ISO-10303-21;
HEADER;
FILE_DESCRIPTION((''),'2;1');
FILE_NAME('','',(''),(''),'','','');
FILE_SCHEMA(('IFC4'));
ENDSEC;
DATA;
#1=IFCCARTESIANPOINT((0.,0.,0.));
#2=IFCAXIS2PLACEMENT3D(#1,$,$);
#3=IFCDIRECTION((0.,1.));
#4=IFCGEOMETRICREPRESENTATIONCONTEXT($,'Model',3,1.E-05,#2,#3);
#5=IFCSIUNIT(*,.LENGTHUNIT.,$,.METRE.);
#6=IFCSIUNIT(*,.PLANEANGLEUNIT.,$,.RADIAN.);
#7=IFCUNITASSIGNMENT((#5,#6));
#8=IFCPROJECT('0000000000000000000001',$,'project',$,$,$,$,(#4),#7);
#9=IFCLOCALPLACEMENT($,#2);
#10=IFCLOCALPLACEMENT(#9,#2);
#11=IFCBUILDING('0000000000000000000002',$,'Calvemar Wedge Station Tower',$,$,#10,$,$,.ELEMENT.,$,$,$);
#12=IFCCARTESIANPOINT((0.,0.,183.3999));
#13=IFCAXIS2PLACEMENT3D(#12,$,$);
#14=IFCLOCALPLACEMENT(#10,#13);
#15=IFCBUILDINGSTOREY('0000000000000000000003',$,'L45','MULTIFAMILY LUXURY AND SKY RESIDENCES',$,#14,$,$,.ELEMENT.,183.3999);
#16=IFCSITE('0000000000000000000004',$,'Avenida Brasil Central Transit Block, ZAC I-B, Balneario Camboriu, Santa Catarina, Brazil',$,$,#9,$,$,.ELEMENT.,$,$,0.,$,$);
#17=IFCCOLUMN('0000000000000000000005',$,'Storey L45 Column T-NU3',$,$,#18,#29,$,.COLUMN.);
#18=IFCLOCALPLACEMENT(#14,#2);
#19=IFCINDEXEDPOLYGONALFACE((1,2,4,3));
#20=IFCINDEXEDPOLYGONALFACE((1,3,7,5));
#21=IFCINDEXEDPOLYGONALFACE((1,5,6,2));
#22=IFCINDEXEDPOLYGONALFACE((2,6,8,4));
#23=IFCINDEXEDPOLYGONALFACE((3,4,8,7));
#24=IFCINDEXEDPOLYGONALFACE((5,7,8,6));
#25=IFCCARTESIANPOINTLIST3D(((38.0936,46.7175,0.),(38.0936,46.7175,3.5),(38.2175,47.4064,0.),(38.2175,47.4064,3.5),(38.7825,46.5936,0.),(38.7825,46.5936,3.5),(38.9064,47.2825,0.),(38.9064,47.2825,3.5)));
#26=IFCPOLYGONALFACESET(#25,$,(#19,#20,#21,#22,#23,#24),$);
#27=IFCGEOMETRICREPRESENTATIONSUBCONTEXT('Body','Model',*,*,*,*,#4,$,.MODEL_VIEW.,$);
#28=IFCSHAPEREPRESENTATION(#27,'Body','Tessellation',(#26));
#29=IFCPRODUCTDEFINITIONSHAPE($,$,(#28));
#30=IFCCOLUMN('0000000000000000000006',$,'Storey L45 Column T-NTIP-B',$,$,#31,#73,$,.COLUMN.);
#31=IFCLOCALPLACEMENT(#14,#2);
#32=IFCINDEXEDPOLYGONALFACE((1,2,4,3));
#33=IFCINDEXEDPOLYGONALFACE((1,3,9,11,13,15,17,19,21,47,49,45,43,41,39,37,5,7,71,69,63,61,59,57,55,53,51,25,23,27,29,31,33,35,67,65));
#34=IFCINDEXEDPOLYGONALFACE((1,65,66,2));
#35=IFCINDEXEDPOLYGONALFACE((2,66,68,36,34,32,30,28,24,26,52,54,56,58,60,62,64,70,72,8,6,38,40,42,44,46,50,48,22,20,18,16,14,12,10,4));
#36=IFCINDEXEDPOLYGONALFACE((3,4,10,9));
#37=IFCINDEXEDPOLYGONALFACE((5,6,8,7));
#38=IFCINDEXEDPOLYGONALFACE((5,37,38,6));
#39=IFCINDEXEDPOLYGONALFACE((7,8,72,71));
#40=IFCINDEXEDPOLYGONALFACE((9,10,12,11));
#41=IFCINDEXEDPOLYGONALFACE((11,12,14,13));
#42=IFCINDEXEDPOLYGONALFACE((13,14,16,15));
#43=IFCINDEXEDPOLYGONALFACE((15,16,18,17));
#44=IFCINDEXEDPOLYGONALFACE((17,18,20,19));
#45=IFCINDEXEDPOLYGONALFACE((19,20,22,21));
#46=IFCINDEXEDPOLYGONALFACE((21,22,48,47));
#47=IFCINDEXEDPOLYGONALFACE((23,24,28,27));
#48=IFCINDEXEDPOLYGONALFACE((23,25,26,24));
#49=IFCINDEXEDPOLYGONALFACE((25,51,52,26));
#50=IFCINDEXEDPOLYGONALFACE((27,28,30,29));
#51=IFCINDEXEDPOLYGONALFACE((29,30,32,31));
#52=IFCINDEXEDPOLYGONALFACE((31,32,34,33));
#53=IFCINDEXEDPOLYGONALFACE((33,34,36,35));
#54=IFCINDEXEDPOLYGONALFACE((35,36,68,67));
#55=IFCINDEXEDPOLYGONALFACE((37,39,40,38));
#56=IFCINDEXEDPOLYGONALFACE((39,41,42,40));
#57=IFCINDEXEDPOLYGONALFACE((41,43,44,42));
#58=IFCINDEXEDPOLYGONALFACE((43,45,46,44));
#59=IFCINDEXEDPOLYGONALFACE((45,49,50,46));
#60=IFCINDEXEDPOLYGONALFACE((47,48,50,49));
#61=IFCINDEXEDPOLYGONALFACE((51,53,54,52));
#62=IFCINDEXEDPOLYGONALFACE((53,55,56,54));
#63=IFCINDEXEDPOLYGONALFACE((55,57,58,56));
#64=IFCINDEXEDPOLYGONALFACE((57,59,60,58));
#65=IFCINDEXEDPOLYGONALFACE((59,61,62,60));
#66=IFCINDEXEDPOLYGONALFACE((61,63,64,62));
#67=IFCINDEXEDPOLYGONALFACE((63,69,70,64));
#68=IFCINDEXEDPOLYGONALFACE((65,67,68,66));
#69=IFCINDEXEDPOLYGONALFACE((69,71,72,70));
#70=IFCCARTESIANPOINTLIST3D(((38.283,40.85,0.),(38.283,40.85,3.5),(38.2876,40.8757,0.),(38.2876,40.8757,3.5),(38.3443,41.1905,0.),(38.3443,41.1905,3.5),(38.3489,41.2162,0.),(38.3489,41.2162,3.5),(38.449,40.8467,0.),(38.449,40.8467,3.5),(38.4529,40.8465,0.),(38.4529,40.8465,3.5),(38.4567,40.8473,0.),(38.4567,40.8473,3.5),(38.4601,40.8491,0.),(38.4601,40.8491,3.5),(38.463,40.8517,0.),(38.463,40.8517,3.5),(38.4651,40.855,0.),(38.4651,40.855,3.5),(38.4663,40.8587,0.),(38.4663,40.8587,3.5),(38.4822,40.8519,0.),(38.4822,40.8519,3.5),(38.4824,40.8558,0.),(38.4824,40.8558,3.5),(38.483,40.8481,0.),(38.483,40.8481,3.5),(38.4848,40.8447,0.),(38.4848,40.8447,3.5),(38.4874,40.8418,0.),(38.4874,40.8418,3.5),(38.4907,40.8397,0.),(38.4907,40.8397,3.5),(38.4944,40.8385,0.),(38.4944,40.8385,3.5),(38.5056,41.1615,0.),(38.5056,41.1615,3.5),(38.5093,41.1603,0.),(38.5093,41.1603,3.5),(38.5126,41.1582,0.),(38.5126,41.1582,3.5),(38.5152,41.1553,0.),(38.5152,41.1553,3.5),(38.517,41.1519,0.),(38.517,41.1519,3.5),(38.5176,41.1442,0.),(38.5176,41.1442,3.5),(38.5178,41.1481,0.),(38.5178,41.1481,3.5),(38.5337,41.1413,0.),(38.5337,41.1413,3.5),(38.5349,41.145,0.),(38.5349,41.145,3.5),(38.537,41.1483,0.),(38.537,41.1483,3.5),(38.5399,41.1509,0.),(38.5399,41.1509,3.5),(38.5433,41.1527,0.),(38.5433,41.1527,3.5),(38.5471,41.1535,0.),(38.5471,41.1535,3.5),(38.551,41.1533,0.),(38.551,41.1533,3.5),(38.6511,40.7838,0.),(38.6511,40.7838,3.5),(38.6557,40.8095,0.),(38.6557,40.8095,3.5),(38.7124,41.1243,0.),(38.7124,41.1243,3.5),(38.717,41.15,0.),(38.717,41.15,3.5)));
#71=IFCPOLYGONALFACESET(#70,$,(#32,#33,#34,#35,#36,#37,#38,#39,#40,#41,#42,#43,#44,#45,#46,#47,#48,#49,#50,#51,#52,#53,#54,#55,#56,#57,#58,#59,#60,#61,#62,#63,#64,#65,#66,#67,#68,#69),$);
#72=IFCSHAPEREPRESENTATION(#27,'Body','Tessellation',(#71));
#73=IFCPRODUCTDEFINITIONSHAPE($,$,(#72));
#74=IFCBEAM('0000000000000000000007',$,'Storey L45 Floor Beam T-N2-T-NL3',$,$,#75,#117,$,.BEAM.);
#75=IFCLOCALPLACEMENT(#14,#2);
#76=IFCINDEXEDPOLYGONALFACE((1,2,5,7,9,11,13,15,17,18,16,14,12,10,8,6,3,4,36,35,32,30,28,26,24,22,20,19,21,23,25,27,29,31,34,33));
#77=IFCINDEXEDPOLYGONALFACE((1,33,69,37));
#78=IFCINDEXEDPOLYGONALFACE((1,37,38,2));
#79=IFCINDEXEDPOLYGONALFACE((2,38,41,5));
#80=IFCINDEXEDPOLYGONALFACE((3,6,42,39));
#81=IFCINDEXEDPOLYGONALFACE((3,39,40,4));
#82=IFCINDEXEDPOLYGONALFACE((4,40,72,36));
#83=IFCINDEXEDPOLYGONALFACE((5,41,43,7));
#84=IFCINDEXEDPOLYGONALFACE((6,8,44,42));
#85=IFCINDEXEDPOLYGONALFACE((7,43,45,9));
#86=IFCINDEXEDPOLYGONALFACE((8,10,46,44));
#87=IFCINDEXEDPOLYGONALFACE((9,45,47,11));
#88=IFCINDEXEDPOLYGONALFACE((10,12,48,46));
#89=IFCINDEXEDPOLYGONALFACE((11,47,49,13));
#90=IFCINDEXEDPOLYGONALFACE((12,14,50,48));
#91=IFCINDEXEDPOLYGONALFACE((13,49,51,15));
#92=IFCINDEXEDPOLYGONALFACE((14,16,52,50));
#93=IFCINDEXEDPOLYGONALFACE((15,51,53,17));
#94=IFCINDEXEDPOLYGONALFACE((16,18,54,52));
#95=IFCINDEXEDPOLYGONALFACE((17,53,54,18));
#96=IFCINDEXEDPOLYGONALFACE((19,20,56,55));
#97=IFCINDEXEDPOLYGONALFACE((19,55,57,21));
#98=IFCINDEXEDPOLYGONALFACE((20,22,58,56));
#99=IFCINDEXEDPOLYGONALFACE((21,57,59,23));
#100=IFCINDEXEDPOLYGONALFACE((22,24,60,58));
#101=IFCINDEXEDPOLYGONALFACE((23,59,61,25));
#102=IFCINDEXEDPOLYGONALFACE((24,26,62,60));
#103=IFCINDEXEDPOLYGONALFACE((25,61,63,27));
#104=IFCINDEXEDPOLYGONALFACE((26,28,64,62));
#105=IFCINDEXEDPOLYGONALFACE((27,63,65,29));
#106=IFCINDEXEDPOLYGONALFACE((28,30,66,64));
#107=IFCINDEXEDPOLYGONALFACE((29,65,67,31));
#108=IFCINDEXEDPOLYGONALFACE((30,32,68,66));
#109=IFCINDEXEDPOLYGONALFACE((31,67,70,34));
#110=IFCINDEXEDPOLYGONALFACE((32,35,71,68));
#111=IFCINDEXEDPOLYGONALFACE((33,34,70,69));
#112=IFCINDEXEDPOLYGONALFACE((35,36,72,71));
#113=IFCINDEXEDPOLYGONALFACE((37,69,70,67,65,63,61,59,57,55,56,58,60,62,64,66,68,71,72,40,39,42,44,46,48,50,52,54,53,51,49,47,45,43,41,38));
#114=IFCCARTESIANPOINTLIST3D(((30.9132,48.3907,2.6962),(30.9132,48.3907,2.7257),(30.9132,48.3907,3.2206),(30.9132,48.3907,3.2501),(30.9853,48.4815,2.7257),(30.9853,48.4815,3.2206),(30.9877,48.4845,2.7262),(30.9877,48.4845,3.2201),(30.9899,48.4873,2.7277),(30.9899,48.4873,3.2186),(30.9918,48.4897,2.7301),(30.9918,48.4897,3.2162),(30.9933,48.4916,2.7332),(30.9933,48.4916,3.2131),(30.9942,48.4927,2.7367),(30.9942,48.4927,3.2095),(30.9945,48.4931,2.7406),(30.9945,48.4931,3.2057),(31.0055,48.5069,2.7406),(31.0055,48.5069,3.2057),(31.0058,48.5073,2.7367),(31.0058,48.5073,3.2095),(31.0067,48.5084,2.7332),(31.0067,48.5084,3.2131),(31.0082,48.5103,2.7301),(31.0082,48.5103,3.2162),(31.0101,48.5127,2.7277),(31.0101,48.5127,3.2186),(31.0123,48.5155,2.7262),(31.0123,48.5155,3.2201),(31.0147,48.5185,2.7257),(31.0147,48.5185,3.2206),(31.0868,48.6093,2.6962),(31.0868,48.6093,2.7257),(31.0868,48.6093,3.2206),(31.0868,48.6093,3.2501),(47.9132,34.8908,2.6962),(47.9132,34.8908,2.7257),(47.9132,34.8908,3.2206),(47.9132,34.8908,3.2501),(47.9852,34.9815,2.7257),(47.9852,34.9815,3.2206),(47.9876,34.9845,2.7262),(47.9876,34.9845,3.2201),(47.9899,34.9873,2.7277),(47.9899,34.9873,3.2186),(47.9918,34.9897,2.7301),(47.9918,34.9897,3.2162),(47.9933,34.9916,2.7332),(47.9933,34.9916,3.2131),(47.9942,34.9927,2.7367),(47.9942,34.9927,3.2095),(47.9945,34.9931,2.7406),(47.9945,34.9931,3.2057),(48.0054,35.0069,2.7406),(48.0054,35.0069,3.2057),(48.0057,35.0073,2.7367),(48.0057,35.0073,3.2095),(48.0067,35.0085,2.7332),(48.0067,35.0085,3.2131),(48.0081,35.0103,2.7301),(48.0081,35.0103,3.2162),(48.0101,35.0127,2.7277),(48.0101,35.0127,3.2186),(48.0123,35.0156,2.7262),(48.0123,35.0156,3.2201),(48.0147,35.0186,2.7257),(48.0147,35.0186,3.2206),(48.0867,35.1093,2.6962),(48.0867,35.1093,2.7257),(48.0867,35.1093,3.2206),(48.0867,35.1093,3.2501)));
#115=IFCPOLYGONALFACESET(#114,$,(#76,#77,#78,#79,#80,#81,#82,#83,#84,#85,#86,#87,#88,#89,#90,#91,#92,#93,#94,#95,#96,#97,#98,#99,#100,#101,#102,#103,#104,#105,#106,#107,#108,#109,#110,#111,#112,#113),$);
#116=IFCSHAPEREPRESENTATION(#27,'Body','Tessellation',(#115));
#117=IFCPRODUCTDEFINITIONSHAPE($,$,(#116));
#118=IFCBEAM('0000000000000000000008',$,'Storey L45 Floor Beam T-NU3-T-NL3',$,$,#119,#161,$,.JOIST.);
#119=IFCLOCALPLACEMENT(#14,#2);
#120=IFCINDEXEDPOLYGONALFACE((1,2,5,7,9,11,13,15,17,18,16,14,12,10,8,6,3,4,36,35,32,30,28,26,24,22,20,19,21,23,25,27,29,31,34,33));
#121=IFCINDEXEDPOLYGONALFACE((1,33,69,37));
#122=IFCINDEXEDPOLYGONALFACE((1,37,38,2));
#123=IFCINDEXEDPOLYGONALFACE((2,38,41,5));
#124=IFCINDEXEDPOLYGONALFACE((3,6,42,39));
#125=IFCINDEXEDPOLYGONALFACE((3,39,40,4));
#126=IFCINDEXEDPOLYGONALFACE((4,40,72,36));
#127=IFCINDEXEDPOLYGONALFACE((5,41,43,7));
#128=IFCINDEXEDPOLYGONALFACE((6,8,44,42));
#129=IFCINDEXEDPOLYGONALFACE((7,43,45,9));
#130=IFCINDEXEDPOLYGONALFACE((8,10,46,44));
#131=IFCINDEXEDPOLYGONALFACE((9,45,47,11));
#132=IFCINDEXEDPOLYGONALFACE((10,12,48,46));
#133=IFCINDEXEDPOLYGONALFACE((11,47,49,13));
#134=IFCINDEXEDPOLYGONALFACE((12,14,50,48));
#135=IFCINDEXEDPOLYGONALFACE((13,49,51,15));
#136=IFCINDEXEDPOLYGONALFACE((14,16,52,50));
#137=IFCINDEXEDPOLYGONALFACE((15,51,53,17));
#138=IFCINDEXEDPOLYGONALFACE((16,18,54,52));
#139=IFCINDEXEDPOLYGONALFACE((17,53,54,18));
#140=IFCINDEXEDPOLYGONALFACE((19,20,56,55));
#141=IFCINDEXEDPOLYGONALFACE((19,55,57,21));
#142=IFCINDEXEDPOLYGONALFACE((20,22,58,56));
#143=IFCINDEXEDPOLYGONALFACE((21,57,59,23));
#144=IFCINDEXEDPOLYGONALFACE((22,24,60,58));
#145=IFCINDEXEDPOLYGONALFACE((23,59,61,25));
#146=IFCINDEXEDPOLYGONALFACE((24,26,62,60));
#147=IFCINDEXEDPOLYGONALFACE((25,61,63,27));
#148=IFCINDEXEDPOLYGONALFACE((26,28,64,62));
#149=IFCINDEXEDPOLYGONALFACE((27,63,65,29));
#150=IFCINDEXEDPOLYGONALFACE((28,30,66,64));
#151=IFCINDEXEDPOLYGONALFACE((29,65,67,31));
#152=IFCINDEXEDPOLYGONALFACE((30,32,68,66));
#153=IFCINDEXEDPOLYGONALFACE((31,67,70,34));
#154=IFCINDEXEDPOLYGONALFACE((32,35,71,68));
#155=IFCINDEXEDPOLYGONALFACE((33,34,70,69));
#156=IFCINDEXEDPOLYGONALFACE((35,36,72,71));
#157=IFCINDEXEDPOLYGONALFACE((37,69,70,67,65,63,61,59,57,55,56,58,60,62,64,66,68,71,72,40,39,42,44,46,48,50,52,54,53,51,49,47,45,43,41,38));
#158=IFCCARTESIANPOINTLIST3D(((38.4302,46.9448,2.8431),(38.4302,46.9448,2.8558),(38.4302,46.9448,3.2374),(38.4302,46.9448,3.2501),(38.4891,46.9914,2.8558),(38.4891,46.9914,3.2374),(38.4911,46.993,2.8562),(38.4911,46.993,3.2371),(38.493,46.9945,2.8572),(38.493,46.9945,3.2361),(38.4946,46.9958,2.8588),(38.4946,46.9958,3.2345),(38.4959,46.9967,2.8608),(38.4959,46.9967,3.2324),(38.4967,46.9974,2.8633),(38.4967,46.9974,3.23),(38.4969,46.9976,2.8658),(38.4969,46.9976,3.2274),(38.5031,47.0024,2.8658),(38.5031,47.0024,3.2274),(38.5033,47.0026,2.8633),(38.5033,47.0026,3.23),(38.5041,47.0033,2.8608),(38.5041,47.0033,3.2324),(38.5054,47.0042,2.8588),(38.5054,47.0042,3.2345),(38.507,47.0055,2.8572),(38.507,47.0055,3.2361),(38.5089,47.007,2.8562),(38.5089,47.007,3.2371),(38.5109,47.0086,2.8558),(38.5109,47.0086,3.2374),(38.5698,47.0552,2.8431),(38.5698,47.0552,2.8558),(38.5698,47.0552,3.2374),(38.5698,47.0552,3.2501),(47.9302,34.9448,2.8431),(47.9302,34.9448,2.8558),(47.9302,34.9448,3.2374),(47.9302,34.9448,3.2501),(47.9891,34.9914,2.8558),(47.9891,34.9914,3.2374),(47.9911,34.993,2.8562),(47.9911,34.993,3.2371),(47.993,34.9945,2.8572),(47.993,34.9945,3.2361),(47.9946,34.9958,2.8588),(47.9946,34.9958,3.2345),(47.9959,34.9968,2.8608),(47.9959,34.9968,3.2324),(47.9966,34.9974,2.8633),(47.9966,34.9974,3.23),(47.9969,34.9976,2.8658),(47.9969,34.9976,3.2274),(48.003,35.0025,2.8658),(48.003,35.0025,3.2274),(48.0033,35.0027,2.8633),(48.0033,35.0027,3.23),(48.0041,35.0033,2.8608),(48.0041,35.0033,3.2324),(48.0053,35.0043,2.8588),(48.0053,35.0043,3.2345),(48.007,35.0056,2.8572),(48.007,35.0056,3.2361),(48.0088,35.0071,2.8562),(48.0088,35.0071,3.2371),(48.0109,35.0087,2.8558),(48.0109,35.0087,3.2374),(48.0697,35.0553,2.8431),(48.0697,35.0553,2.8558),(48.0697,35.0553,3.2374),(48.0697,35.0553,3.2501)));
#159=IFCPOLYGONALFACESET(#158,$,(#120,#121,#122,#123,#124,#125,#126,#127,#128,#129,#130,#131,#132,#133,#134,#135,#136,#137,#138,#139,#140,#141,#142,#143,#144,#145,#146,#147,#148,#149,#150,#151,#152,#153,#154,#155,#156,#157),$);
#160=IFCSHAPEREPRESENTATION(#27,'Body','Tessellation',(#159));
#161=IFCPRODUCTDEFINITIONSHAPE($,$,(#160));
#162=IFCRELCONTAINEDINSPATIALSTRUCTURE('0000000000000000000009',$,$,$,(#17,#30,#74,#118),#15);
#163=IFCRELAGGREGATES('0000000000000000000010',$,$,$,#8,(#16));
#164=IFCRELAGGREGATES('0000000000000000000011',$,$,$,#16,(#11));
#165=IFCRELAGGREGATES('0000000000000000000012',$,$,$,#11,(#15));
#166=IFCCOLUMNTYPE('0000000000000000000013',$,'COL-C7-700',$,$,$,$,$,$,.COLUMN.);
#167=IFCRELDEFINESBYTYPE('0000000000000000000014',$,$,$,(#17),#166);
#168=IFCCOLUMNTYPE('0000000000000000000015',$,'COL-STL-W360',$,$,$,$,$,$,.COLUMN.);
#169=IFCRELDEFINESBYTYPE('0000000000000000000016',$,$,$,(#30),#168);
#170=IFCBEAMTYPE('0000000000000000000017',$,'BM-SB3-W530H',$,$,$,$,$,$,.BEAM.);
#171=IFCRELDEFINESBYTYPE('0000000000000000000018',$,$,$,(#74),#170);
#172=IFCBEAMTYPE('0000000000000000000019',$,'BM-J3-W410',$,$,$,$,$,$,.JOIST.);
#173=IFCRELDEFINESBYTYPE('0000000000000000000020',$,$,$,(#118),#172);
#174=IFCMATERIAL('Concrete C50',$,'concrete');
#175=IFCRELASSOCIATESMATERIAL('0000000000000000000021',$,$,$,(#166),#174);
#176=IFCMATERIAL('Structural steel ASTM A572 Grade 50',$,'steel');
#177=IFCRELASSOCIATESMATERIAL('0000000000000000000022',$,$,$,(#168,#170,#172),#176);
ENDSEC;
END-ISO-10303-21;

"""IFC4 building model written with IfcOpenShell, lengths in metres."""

from ifc_helpers import new_model, si_unit, direction, frame, origin, origin_2d, place, context, subcontext, project, spatial, rectangle, i_section, extrude, source, transform, mapped, material, material_profile, profile_set, type_object, element, save


model = new_model("IFC4")

# Units and contexts
model_context = context("Model", 3, precision=1e-05, world=origin(), true_north=direction((0.0, 1.0)))
body_context = subcontext(model_context, "Body", "Model", "MODEL_VIEW")
ifc_project = project(units=[si_unit("LENGTHUNIT", "METRE"), si_unit("PLANEANGLEUNIT", "RADIAN")], contexts=[model_context])

# Site, building, storey
site_placement = place(None, origin())
site = spatial("IfcSite", under=ifc_project, at=site_placement, Name="Avenida Brasil Central Transit Block, ZAC I-B, Balneario Camboriu, Santa Catarina, Brazil", CompositionType="ELEMENT", RefElevation=0.0)
building_placement = place(site_placement, origin())
building = spatial("IfcBuilding", under=site, at=building_placement, Name="Calvemar Wedge Station Tower", CompositionType="ELEMENT")
storey_placement = place(building_placement, frame((0.0, 0.0, 183.3999)))
storey = spatial("IfcBuildingStorey", under=building, at=storey_placement, Name="L45", Description="MULTIFAMILY LUXURY AND SKY RESIDENCES", CompositionType="ELEMENT", Elevation=183.3999)

# Columns
ifc_material_1 = material(Name="Concrete C50", Category="concrete")
ifc_material_profile_1 = material_profile(ifc_material_1, rectangle(XDim=0.7, YDim=0.7, at=origin_2d()), Name="RC700x700")
ifc_profile_set_1 = profile_set([ifc_material_profile_1], Name="Concrete C50")
column_type_1 = type_object("IfcColumnType", Name="COL-C7-700", PredefinedType="COLUMN", material=ifc_profile_set_1)
shared_shape_1 = source(origin(), body_context, "Body", "SweptSolid", [
    extrude(rectangle(XDim=0.7, YDim=0.7, at=origin_2d()), origin(), (0.0, 0.0, 1.0), 3.5),
])
column_1_placement = place(storey_placement, frame((38.5, 47.0, 0.0), z_axis=(0.0, 0.0, 1.0), x_axis=(0.984196, -0.177085, 0.0)))
element("IfcColumn", 1, at=column_1_placement, inside=storey, type_object=column_type_1, Name="Storey L45 Column T-NU3", PredefinedType="COLUMN", context=body_context, shape_type="MappedRepresentation", body=[
    mapped(shared_shape_1, transform((0.0, 0.0, 0.0), scale=1.0)),
])
ifc_material_2 = material(Name="Structural steel ASTM A572 Grade 50", Category="steel")
ifc_material_profile_2 = material_profile(ifc_material_2, i_section(OverallWidth=0.374, OverallDepth=0.3721, WebThickness=0.0164, FlangeThickness=0.0261, FilletRadius=0.0149, at=origin_2d()), Name="W360x196")
ifc_profile_set_2 = profile_set([ifc_material_profile_2], Name="Structural steel ASTM A572 Grade 50")
column_type_2 = type_object("IfcColumnType", Name="COL-STL-W360", PredefinedType="COLUMN", material=ifc_profile_set_2)
shared_shape_2 = source(origin(), body_context, "Body", "SweptSolid", [
    extrude(i_section(OverallWidth=0.374, OverallDepth=0.3721, WebThickness=0.0164, FlangeThickness=0.0261, FilletRadius=0.0149, at=origin_2d()), origin(), (0.0, 0.0, 1.0), 3.5),
])
column_2_placement = place(storey_placement, frame((38.5, 41.0, 0.0), z_axis=(0.0, 0.0, 1.0), x_axis=(0.984196, -0.177085, 0.0)))
element("IfcColumn", 2, at=column_2_placement, inside=storey, type_object=column_type_2, Name="Storey L45 Column T-NTIP-B", PredefinedType="COLUMN", context=body_context, shape_type="MappedRepresentation", body=[
    mapped(shared_shape_2, transform((0.0, 0.0, 0.0), scale=1.0)),
])

# Beams
ifc_material_profile_3 = material_profile(ifc_material_2, i_section(OverallWidth=0.2791, OverallDepth=0.554, WebThickness=0.0176, FlangeThickness=0.0295, FilletRadius=0.0149, at=origin_2d()), Name="W530x196")
ifc_profile_set_3 = profile_set([ifc_material_profile_3], Name="Structural steel ASTM A572 Grade 50")
beam_type_1 = type_object("IfcBeamType", Name="BM-SB3-W530H", PredefinedType="BEAM", material=ifc_profile_set_3)
shared_shape_3 = source(origin(), body_context, "Body", "SweptSolid", [
    extrude(i_section(OverallWidth=0.2791, OverallDepth=0.554, WebThickness=0.0176, FlangeThickness=0.0295, FilletRadius=0.0149, at=origin_2d()), origin(), (0.0, 0.0, 1.0), 21.7083),
])
beam_1_placement = place(storey_placement, frame((31.0, 48.5, 2.9731), z_axis=(0.783111, -0.621882, 0.0), x_axis=(0.621882, 0.783111, 0.0)))
element("IfcBeam", 3, at=beam_1_placement, inside=storey, type_object=beam_type_1, Name="Storey L45 Floor Beam T-N2-T-NL3", PredefinedType="BEAM", context=body_context, shape_type="MappedRepresentation", body=[
    mapped(shared_shape_3, transform((0.0, 0.0, 0.0), scale=1.0)),
])
ifc_material_profile_4 = material_profile(ifc_material_2, i_section(OverallWidth=0.178, OverallDepth=0.407, WebThickness=0.0078, FlangeThickness=0.0127, FilletRadius=0.01, at=origin_2d()), Name="W410x60")
ifc_profile_set_4 = profile_set([ifc_material_profile_4], Name="Structural steel ASTM A572 Grade 50")
beam_type_2 = type_object("IfcBeamType", Name="BM-J3-W410", PredefinedType="JOIST", material=ifc_profile_set_4)
shared_shape_4 = source(origin(), body_context, "Body", "SweptSolid", [
    extrude(i_section(OverallWidth=0.178, OverallDepth=0.407, WebThickness=0.0078, FlangeThickness=0.0127, FilletRadius=0.01, at=origin_2d()), origin(), (0.0, 0.0, 1.0), 15.3052),
])
beam_2_placement = place(storey_placement, frame((38.5, 47.0, 3.0466), z_axis=(0.620703, -0.784046, 0.0), x_axis=(0.784046, 0.620703, 0.0)))
element("IfcBeam", 4, at=beam_2_placement, inside=storey, type_object=beam_type_2, Name="Storey L45 Floor Beam T-NU3-T-NL3", PredefinedType="JOIST", context=body_context, shape_type="MappedRepresentation", body=[
    mapped(shared_shape_4, transform((0.0, 0.0, 0.0), scale=1.0)),
])

save(model, "model.ifc")
